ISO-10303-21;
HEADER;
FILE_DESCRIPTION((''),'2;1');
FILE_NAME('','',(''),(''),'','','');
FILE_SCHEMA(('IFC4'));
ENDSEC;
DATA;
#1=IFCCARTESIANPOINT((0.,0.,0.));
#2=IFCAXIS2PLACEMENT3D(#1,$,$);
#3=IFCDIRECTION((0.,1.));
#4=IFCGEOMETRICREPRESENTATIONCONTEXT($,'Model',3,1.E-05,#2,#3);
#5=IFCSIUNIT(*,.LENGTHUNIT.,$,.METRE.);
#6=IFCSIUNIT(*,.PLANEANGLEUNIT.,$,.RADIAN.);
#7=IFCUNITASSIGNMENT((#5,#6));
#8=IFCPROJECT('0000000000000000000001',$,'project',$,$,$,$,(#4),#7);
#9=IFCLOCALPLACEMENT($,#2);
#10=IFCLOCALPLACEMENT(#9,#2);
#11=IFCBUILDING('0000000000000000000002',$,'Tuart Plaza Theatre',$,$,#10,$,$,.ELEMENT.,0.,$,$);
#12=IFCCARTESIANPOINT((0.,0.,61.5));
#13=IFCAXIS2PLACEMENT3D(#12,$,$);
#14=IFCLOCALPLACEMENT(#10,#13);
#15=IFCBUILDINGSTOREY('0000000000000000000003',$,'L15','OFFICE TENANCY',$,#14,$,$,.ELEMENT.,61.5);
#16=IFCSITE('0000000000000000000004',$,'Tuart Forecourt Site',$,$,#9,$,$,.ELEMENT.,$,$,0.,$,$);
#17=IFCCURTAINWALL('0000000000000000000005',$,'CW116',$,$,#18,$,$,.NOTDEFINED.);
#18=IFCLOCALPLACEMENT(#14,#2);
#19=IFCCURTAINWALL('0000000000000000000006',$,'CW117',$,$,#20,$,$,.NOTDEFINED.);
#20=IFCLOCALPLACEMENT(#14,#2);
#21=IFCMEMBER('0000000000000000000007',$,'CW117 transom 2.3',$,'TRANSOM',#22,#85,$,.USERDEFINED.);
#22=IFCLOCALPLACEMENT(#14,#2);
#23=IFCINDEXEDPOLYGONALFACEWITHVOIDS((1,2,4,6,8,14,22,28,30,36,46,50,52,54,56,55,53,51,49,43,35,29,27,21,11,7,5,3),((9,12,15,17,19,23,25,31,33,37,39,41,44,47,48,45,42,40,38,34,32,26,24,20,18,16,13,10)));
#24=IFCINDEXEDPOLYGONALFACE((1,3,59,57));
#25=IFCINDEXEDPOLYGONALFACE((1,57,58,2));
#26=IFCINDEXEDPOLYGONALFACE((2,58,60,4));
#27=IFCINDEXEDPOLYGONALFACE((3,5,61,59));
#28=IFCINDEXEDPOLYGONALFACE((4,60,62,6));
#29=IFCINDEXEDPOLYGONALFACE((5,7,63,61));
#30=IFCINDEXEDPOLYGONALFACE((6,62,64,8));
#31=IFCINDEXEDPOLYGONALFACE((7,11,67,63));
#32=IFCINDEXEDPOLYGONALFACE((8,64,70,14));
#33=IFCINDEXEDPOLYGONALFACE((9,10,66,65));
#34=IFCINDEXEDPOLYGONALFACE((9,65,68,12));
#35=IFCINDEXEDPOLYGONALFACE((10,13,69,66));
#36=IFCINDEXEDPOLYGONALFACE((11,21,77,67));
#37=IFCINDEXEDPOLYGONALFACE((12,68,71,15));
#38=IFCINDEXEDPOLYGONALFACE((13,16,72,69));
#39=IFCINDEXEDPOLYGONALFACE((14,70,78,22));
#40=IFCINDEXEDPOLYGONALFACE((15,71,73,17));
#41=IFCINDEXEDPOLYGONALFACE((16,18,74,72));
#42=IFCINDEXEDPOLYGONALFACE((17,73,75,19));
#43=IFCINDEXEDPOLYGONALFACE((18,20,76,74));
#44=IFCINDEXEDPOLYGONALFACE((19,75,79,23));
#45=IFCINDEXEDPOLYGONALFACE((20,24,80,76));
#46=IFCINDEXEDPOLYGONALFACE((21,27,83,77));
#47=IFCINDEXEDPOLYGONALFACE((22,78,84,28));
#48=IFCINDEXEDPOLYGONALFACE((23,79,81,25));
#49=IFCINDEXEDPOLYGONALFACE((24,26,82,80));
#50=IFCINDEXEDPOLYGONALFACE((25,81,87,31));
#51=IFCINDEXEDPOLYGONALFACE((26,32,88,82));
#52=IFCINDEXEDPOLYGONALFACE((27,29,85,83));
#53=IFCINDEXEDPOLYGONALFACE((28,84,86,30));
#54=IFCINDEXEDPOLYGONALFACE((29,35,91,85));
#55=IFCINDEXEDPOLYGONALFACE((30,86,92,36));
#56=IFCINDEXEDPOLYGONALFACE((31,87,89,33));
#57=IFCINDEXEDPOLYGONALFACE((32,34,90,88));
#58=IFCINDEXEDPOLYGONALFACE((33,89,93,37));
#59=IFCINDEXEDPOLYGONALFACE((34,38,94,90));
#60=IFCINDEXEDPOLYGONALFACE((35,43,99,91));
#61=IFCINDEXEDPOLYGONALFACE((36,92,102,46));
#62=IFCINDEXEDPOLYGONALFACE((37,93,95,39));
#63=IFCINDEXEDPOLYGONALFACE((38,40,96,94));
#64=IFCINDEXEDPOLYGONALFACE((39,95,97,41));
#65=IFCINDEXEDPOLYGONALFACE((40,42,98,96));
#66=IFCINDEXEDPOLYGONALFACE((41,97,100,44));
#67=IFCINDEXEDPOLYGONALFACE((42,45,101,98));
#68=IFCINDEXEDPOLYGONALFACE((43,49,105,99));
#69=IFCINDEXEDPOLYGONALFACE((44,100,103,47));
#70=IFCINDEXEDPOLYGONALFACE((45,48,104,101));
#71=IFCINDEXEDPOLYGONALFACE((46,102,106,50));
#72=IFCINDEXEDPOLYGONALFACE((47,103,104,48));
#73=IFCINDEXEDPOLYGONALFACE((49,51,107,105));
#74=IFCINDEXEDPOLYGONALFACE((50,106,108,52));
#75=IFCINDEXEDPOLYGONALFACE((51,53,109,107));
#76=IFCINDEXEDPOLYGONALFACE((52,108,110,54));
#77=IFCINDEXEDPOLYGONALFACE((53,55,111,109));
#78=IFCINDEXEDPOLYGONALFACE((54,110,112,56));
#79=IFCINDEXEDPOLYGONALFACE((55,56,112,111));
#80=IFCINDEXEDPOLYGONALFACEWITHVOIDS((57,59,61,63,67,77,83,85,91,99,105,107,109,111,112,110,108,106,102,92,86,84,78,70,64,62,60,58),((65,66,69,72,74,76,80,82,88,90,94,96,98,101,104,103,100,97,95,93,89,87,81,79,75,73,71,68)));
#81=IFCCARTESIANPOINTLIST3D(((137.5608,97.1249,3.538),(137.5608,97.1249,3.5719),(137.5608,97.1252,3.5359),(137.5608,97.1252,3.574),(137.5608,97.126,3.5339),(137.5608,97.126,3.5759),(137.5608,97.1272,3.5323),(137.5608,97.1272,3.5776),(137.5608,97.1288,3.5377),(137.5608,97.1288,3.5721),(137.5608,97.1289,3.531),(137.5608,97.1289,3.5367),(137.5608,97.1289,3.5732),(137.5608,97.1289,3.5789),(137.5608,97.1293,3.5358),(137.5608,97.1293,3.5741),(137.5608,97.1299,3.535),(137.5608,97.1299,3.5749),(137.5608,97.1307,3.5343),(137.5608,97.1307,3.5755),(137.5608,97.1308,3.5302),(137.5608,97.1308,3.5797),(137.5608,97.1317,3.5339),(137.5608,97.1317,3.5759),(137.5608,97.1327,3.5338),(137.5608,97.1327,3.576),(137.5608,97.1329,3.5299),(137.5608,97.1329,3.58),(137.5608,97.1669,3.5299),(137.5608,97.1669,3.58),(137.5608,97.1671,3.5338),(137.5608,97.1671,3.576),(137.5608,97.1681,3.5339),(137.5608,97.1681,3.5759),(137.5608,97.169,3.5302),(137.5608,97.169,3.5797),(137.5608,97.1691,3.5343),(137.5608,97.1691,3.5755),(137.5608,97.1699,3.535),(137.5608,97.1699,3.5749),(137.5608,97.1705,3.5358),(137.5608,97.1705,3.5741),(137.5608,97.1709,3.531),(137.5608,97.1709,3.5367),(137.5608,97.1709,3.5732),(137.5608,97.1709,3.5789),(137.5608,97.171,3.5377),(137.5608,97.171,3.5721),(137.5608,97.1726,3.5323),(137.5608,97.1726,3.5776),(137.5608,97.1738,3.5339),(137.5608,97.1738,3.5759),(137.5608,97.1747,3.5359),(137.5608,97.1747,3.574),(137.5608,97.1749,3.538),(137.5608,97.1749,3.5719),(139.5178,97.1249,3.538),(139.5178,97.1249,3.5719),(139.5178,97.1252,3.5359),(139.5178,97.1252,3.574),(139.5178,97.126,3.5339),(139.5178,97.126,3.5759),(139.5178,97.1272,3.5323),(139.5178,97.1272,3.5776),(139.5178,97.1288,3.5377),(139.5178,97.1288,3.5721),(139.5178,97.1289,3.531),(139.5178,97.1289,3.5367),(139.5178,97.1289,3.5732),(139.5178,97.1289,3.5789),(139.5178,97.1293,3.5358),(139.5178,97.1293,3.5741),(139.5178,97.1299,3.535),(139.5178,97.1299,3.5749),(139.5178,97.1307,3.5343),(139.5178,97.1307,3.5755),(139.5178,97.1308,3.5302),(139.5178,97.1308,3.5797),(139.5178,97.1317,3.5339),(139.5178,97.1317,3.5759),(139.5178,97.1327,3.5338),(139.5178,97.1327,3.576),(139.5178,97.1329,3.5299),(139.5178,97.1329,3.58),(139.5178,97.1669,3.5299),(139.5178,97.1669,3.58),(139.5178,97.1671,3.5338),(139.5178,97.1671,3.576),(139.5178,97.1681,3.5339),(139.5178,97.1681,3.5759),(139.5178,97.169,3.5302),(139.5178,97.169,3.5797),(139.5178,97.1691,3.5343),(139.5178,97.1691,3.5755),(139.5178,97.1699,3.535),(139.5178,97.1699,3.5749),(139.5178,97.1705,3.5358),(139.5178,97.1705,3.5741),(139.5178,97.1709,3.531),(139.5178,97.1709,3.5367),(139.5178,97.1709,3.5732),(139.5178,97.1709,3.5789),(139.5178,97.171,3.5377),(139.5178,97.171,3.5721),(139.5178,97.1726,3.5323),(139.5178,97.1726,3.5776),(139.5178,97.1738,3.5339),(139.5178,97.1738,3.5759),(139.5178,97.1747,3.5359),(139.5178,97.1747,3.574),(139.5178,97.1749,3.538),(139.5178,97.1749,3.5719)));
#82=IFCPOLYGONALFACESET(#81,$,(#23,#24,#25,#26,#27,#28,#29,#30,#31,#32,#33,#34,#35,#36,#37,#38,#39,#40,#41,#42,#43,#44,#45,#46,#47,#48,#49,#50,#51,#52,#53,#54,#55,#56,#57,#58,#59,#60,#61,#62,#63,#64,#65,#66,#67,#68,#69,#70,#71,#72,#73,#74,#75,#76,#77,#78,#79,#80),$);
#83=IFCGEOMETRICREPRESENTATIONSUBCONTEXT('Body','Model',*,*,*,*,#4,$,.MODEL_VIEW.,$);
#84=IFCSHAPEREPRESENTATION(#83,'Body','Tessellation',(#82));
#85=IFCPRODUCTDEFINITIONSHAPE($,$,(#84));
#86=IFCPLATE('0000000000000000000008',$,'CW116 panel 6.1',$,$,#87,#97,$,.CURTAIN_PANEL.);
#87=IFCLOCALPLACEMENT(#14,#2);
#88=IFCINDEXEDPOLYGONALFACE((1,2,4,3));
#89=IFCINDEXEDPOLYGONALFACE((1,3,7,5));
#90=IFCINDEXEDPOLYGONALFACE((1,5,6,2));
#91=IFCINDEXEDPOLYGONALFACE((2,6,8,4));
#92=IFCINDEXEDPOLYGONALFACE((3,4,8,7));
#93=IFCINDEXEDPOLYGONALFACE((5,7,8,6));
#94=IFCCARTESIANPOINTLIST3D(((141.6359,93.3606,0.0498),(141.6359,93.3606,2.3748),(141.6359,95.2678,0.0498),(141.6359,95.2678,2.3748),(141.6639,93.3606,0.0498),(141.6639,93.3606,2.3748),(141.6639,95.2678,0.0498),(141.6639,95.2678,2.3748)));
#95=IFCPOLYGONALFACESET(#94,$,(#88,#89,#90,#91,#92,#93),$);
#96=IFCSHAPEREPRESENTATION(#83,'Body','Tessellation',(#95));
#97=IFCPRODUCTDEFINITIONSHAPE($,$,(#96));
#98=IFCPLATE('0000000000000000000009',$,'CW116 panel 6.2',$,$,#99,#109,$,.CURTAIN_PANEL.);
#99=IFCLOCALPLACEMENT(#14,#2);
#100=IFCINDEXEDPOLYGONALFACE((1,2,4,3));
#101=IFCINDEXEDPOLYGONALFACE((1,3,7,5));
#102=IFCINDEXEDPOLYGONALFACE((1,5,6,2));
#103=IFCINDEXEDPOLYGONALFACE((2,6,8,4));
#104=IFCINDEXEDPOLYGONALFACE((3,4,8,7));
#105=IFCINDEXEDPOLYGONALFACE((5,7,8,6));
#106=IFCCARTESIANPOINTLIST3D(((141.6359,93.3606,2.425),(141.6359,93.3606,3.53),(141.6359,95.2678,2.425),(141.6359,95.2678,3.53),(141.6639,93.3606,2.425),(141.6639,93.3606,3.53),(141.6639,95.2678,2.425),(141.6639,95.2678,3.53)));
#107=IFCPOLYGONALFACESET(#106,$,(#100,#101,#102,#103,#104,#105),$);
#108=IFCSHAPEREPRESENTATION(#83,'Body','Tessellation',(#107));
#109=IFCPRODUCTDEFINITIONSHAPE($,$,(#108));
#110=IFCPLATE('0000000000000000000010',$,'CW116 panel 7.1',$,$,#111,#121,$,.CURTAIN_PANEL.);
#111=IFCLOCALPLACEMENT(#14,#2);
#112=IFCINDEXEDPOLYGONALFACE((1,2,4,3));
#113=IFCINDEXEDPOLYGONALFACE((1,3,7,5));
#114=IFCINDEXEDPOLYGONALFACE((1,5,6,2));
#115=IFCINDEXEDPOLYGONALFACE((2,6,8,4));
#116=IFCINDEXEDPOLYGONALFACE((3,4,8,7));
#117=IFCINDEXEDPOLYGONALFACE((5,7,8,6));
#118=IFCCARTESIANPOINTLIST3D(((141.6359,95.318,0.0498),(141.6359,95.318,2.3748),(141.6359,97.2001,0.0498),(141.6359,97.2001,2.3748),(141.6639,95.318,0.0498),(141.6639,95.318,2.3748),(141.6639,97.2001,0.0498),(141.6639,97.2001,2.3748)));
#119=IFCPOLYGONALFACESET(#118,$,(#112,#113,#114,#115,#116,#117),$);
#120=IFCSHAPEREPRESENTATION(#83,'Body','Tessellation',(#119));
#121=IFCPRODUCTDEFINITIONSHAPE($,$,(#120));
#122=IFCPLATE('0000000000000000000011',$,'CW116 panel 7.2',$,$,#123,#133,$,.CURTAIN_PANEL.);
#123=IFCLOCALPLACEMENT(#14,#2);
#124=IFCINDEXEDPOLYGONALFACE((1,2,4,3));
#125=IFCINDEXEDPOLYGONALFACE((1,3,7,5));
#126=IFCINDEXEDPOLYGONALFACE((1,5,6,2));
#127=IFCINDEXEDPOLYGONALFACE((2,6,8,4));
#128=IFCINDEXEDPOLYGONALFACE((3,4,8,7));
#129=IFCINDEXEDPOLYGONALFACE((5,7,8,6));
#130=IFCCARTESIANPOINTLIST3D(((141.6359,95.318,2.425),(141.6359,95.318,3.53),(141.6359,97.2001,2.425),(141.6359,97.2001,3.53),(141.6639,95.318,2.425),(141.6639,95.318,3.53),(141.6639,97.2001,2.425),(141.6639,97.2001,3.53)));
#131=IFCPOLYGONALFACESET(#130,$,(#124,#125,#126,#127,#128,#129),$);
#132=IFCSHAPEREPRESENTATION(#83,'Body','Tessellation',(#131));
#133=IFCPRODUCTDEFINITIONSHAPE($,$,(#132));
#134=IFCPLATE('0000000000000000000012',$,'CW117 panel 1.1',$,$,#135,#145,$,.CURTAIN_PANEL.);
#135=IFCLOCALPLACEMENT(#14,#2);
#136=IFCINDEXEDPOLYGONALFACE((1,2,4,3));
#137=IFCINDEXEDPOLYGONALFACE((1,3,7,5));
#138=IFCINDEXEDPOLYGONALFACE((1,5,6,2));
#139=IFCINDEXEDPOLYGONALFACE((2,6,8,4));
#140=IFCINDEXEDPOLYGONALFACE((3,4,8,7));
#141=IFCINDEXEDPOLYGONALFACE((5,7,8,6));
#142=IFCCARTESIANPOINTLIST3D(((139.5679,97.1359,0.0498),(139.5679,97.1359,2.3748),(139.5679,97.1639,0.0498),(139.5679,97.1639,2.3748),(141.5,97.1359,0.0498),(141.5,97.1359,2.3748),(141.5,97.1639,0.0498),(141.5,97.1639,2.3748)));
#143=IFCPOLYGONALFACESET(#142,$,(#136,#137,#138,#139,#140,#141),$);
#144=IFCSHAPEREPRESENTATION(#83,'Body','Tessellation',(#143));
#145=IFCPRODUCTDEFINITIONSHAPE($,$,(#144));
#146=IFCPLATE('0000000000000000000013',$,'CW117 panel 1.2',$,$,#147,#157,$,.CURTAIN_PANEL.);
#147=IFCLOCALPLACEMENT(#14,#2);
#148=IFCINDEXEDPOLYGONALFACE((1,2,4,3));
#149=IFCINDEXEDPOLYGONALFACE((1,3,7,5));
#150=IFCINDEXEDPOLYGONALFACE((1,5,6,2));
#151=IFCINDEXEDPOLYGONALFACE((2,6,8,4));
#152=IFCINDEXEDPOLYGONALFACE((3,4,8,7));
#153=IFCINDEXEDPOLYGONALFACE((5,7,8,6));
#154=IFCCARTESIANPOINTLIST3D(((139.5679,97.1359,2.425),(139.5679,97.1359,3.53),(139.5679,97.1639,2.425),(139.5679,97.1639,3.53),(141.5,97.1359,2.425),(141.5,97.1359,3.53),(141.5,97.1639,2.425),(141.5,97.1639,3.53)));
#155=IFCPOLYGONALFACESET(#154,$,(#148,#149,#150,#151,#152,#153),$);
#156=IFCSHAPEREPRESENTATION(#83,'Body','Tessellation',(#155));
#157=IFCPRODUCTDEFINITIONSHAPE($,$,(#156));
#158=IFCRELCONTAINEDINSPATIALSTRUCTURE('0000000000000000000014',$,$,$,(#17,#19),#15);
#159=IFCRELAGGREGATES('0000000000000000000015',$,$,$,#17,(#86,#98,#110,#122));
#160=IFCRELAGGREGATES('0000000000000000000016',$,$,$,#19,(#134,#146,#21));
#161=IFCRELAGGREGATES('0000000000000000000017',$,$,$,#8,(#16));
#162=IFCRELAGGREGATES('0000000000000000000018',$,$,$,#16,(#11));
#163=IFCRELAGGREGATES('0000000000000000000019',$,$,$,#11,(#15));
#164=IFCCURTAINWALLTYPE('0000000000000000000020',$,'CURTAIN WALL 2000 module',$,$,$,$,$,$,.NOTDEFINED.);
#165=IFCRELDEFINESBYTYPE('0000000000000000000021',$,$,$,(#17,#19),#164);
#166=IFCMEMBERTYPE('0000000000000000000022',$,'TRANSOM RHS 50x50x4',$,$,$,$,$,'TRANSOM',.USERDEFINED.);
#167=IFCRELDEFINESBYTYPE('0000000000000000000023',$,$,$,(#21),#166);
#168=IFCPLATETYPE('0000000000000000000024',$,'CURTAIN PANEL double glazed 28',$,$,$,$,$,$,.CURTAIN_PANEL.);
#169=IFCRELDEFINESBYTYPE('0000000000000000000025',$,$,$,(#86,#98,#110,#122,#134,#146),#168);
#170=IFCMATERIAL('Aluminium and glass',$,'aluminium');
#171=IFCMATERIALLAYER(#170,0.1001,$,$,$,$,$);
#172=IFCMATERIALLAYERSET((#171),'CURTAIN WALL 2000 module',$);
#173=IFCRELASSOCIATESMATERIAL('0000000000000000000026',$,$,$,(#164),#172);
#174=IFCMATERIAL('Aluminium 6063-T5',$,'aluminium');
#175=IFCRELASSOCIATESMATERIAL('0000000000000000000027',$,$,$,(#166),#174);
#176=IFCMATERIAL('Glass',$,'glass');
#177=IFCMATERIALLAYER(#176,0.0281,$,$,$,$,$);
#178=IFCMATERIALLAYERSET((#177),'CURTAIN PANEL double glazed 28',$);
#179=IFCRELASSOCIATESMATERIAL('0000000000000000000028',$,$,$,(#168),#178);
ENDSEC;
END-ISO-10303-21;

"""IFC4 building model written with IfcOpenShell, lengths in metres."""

from ifc_helpers import new_model, si_unit, direction, frame, origin, origin_2d, place, context, subcontext, project, spatial, rectangle, hollow_rectangle, extrude, material, layer, layer_set, material_profile, profile_set, type_object, element, aggregate, save


model = new_model("IFC4")

# Units and contexts
model_context = context("Model", 3, precision=1e-05, world=origin(), true_north=direction((0.0, 1.0)))
body_context = subcontext(model_context, "Body", "Model", "MODEL_VIEW")
ifc_project = project(units=[si_unit("LENGTHUNIT", "METRE"), si_unit("PLANEANGLEUNIT", "RADIAN")], contexts=[model_context])

# Site, building, storey
site_placement = place(None, origin())
site = spatial("IfcSite", under=ifc_project, at=site_placement, Name="Tuart Forecourt Site", CompositionType="ELEMENT", RefElevation=0.0)
building_placement = place(site_placement, origin())
building = spatial("IfcBuilding", under=site, at=building_placement, Name="Tuart Plaza Theatre", CompositionType="ELEMENT", ElevationOfRefHeight=0.0)
storey_placement = place(building_placement, frame((0.0, 0.0, 61.5)))
storey = spatial("IfcBuildingStorey", under=building, at=storey_placement, Name="L15", Description="OFFICE TENANCY", CompositionType="ELEMENT", Elevation=61.5)

# Curtain walls
ifc_material_1 = material(Name="Aluminium and glass", Category="aluminium")
ifc_layer_1 = layer(ifc_material_1, 0.1001)
ifc_layer_set_1 = layer_set([ifc_layer_1], Name="CURTAIN WALL 2000 module")
curtain_wall_type = type_object("IfcCurtainWallType", Name="CURTAIN WALL 2000 module", PredefinedType="NOTDEFINED", material=ifc_layer_set_1)
curtain_wall_1_placement = place(storey_placement, origin())
curtain_wall_1 = element("IfcCurtainWall", 1, at=curtain_wall_1_placement, inside=storey, type_object=curtain_wall_type, Name="CW116", PredefinedType="NOTDEFINED")
curtain_wall_2_placement = place(storey_placement, origin())
curtain_wall_2 = element("IfcCurtainWall", 2, at=curtain_wall_2_placement, inside=storey, type_object=curtain_wall_type, Name="CW117", PredefinedType="NOTDEFINED")

# Member
ifc_material_2 = material(Name="Aluminium 6063-T5", Category="aluminium")
ifc_material_profile_1 = material_profile(ifc_material_2, hollow_rectangle(XDim=0.05, YDim=0.05, WallThickness=0.0039, InnerFilletRadius=0.0039, OuterFilletRadius=0.0081, at=origin_2d()), Name="RHS 50x50x4")
ifc_profile_set_1 = profile_set([ifc_material_profile_1], Name="Aluminium 6063-T5")
member_type_1 = type_object("IfcMemberType", Name="TRANSOM RHS 50x50x4", ElementType="TRANSOM", PredefinedType="USERDEFINED", material=ifc_profile_set_1)
member_1_placement = place(storey_placement, frame((139.5178, 97.1499, 3.5549), z_axis=(-1.0, 0.0, 0.0), x_axis=(0.0, -1.0, 0.0)))
member_1 = element("IfcMember", 3, at=member_1_placement, type_object=member_type_1, Name="CW117 transom 2.3", ObjectType="TRANSOM", PredefinedType="USERDEFINED", context=body_context, shape_type="SweptSolid", body=[
    extrude(hollow_rectangle(XDim=0.05, YDim=0.05, WallThickness=0.0039, InnerFilletRadius=0.0039, OuterFilletRadius=0.0081, at=origin_2d()), origin(), (0.0, 0.0, 1.0), 1.957),
])

# Plates
ifc_material_3 = material(Name="Glass", Category="glass")
ifc_layer_2 = layer(ifc_material_3, 0.0281)
ifc_layer_set_2 = layer_set([ifc_layer_2], Name="CURTAIN PANEL double glazed 28")
plate_type = type_object("IfcPlateType", Name="CURTAIN PANEL double glazed 28", PredefinedType="CURTAIN_PANEL", material=ifc_layer_set_2)
plate_1_placement = place(storey_placement, frame((141.6499, 94.3142, 0.0498), z_axis=(0.0, 0.0, 1.0), x_axis=(0.0, 1.0, 0.0)))
plate_1 = element("IfcPlate", 4, at=plate_1_placement, type_object=plate_type, Name="CW116 panel 6.1", PredefinedType="CURTAIN_PANEL", context=body_context, shape_type="SweptSolid", body=[
    extrude(rectangle(XDim=1.9072, YDim=0.0281, at=origin_2d()), origin(), (0.0, 0.0, 1.0), 2.325),
])
plate_2_placement = place(storey_placement, frame((141.6499, 94.3142, 2.425), z_axis=(0.0, 0.0, 1.0), x_axis=(0.0, 1.0, 0.0)))
plate_2 = element("IfcPlate", 5, at=plate_2_placement, type_object=plate_type, Name="CW116 panel 6.2", PredefinedType="CURTAIN_PANEL", context=body_context, shape_type="SweptSolid", body=[
    extrude(rectangle(XDim=1.9072, YDim=0.0281, at=origin_2d()), origin(), (0.0, 0.0, 1.0), 1.105),
])
plate_3_placement = place(storey_placement, frame((141.6499, 96.259, 0.0498), z_axis=(0.0, 0.0, 1.0), x_axis=(0.0, 1.0, 0.0)))
plate_3 = element("IfcPlate", 6, at=plate_3_placement, type_object=plate_type, Name="CW116 panel 7.1", PredefinedType="CURTAIN_PANEL", context=body_context, shape_type="SweptSolid", body=[
    extrude(rectangle(XDim=1.8821, YDim=0.0281, at=origin_2d()), origin(), (0.0, 0.0, 1.0), 2.325),
])
plate_4_placement = place(storey_placement, frame((141.6499, 96.259, 2.425), z_axis=(0.0, 0.0, 1.0), x_axis=(0.0, 1.0, 0.0)))
plate_4 = element("IfcPlate", 7, at=plate_4_placement, type_object=plate_type, Name="CW116 panel 7.2", PredefinedType="CURTAIN_PANEL", context=body_context, shape_type="SweptSolid", body=[
    extrude(rectangle(XDim=1.8821, YDim=0.0281, at=origin_2d()), origin(), (0.0, 0.0, 1.0), 1.105),
])
aggregate(curtain_wall_1, [plate_1, plate_2, plate_3, plate_4])
plate_5_placement = place(storey_placement, frame((140.5339, 97.1499, 0.0498), z_axis=(0.0, 0.0, 1.0), x_axis=(-1.0, 0.0, 0.0)))
plate_5 = element("IfcPlate", 8, at=plate_5_placement, type_object=plate_type, Name="CW117 panel 1.1", PredefinedType="CURTAIN_PANEL", context=body_context, shape_type="SweptSolid", body=[
    extrude(rectangle(XDim=1.9321, YDim=0.0281, at=origin_2d()), origin(), (0.0, 0.0, 1.0), 2.325),
])
plate_6_placement = place(storey_placement, frame((140.5339, 97.1499, 2.425), z_axis=(0.0, 0.0, 1.0), x_axis=(-1.0, 0.0, 0.0)))
plate_6 = element("IfcPlate", 9, at=plate_6_placement, type_object=plate_type, Name="CW117 panel 1.2", PredefinedType="CURTAIN_PANEL", context=body_context, shape_type="SweptSolid", body=[
    extrude(rectangle(XDim=1.9321, YDim=0.0281, at=origin_2d()), origin(), (0.0, 0.0, 1.0), 1.105),
])
aggregate(curtain_wall_2, [plate_5, plate_6, member_1])

save(model, "model.ifc")
